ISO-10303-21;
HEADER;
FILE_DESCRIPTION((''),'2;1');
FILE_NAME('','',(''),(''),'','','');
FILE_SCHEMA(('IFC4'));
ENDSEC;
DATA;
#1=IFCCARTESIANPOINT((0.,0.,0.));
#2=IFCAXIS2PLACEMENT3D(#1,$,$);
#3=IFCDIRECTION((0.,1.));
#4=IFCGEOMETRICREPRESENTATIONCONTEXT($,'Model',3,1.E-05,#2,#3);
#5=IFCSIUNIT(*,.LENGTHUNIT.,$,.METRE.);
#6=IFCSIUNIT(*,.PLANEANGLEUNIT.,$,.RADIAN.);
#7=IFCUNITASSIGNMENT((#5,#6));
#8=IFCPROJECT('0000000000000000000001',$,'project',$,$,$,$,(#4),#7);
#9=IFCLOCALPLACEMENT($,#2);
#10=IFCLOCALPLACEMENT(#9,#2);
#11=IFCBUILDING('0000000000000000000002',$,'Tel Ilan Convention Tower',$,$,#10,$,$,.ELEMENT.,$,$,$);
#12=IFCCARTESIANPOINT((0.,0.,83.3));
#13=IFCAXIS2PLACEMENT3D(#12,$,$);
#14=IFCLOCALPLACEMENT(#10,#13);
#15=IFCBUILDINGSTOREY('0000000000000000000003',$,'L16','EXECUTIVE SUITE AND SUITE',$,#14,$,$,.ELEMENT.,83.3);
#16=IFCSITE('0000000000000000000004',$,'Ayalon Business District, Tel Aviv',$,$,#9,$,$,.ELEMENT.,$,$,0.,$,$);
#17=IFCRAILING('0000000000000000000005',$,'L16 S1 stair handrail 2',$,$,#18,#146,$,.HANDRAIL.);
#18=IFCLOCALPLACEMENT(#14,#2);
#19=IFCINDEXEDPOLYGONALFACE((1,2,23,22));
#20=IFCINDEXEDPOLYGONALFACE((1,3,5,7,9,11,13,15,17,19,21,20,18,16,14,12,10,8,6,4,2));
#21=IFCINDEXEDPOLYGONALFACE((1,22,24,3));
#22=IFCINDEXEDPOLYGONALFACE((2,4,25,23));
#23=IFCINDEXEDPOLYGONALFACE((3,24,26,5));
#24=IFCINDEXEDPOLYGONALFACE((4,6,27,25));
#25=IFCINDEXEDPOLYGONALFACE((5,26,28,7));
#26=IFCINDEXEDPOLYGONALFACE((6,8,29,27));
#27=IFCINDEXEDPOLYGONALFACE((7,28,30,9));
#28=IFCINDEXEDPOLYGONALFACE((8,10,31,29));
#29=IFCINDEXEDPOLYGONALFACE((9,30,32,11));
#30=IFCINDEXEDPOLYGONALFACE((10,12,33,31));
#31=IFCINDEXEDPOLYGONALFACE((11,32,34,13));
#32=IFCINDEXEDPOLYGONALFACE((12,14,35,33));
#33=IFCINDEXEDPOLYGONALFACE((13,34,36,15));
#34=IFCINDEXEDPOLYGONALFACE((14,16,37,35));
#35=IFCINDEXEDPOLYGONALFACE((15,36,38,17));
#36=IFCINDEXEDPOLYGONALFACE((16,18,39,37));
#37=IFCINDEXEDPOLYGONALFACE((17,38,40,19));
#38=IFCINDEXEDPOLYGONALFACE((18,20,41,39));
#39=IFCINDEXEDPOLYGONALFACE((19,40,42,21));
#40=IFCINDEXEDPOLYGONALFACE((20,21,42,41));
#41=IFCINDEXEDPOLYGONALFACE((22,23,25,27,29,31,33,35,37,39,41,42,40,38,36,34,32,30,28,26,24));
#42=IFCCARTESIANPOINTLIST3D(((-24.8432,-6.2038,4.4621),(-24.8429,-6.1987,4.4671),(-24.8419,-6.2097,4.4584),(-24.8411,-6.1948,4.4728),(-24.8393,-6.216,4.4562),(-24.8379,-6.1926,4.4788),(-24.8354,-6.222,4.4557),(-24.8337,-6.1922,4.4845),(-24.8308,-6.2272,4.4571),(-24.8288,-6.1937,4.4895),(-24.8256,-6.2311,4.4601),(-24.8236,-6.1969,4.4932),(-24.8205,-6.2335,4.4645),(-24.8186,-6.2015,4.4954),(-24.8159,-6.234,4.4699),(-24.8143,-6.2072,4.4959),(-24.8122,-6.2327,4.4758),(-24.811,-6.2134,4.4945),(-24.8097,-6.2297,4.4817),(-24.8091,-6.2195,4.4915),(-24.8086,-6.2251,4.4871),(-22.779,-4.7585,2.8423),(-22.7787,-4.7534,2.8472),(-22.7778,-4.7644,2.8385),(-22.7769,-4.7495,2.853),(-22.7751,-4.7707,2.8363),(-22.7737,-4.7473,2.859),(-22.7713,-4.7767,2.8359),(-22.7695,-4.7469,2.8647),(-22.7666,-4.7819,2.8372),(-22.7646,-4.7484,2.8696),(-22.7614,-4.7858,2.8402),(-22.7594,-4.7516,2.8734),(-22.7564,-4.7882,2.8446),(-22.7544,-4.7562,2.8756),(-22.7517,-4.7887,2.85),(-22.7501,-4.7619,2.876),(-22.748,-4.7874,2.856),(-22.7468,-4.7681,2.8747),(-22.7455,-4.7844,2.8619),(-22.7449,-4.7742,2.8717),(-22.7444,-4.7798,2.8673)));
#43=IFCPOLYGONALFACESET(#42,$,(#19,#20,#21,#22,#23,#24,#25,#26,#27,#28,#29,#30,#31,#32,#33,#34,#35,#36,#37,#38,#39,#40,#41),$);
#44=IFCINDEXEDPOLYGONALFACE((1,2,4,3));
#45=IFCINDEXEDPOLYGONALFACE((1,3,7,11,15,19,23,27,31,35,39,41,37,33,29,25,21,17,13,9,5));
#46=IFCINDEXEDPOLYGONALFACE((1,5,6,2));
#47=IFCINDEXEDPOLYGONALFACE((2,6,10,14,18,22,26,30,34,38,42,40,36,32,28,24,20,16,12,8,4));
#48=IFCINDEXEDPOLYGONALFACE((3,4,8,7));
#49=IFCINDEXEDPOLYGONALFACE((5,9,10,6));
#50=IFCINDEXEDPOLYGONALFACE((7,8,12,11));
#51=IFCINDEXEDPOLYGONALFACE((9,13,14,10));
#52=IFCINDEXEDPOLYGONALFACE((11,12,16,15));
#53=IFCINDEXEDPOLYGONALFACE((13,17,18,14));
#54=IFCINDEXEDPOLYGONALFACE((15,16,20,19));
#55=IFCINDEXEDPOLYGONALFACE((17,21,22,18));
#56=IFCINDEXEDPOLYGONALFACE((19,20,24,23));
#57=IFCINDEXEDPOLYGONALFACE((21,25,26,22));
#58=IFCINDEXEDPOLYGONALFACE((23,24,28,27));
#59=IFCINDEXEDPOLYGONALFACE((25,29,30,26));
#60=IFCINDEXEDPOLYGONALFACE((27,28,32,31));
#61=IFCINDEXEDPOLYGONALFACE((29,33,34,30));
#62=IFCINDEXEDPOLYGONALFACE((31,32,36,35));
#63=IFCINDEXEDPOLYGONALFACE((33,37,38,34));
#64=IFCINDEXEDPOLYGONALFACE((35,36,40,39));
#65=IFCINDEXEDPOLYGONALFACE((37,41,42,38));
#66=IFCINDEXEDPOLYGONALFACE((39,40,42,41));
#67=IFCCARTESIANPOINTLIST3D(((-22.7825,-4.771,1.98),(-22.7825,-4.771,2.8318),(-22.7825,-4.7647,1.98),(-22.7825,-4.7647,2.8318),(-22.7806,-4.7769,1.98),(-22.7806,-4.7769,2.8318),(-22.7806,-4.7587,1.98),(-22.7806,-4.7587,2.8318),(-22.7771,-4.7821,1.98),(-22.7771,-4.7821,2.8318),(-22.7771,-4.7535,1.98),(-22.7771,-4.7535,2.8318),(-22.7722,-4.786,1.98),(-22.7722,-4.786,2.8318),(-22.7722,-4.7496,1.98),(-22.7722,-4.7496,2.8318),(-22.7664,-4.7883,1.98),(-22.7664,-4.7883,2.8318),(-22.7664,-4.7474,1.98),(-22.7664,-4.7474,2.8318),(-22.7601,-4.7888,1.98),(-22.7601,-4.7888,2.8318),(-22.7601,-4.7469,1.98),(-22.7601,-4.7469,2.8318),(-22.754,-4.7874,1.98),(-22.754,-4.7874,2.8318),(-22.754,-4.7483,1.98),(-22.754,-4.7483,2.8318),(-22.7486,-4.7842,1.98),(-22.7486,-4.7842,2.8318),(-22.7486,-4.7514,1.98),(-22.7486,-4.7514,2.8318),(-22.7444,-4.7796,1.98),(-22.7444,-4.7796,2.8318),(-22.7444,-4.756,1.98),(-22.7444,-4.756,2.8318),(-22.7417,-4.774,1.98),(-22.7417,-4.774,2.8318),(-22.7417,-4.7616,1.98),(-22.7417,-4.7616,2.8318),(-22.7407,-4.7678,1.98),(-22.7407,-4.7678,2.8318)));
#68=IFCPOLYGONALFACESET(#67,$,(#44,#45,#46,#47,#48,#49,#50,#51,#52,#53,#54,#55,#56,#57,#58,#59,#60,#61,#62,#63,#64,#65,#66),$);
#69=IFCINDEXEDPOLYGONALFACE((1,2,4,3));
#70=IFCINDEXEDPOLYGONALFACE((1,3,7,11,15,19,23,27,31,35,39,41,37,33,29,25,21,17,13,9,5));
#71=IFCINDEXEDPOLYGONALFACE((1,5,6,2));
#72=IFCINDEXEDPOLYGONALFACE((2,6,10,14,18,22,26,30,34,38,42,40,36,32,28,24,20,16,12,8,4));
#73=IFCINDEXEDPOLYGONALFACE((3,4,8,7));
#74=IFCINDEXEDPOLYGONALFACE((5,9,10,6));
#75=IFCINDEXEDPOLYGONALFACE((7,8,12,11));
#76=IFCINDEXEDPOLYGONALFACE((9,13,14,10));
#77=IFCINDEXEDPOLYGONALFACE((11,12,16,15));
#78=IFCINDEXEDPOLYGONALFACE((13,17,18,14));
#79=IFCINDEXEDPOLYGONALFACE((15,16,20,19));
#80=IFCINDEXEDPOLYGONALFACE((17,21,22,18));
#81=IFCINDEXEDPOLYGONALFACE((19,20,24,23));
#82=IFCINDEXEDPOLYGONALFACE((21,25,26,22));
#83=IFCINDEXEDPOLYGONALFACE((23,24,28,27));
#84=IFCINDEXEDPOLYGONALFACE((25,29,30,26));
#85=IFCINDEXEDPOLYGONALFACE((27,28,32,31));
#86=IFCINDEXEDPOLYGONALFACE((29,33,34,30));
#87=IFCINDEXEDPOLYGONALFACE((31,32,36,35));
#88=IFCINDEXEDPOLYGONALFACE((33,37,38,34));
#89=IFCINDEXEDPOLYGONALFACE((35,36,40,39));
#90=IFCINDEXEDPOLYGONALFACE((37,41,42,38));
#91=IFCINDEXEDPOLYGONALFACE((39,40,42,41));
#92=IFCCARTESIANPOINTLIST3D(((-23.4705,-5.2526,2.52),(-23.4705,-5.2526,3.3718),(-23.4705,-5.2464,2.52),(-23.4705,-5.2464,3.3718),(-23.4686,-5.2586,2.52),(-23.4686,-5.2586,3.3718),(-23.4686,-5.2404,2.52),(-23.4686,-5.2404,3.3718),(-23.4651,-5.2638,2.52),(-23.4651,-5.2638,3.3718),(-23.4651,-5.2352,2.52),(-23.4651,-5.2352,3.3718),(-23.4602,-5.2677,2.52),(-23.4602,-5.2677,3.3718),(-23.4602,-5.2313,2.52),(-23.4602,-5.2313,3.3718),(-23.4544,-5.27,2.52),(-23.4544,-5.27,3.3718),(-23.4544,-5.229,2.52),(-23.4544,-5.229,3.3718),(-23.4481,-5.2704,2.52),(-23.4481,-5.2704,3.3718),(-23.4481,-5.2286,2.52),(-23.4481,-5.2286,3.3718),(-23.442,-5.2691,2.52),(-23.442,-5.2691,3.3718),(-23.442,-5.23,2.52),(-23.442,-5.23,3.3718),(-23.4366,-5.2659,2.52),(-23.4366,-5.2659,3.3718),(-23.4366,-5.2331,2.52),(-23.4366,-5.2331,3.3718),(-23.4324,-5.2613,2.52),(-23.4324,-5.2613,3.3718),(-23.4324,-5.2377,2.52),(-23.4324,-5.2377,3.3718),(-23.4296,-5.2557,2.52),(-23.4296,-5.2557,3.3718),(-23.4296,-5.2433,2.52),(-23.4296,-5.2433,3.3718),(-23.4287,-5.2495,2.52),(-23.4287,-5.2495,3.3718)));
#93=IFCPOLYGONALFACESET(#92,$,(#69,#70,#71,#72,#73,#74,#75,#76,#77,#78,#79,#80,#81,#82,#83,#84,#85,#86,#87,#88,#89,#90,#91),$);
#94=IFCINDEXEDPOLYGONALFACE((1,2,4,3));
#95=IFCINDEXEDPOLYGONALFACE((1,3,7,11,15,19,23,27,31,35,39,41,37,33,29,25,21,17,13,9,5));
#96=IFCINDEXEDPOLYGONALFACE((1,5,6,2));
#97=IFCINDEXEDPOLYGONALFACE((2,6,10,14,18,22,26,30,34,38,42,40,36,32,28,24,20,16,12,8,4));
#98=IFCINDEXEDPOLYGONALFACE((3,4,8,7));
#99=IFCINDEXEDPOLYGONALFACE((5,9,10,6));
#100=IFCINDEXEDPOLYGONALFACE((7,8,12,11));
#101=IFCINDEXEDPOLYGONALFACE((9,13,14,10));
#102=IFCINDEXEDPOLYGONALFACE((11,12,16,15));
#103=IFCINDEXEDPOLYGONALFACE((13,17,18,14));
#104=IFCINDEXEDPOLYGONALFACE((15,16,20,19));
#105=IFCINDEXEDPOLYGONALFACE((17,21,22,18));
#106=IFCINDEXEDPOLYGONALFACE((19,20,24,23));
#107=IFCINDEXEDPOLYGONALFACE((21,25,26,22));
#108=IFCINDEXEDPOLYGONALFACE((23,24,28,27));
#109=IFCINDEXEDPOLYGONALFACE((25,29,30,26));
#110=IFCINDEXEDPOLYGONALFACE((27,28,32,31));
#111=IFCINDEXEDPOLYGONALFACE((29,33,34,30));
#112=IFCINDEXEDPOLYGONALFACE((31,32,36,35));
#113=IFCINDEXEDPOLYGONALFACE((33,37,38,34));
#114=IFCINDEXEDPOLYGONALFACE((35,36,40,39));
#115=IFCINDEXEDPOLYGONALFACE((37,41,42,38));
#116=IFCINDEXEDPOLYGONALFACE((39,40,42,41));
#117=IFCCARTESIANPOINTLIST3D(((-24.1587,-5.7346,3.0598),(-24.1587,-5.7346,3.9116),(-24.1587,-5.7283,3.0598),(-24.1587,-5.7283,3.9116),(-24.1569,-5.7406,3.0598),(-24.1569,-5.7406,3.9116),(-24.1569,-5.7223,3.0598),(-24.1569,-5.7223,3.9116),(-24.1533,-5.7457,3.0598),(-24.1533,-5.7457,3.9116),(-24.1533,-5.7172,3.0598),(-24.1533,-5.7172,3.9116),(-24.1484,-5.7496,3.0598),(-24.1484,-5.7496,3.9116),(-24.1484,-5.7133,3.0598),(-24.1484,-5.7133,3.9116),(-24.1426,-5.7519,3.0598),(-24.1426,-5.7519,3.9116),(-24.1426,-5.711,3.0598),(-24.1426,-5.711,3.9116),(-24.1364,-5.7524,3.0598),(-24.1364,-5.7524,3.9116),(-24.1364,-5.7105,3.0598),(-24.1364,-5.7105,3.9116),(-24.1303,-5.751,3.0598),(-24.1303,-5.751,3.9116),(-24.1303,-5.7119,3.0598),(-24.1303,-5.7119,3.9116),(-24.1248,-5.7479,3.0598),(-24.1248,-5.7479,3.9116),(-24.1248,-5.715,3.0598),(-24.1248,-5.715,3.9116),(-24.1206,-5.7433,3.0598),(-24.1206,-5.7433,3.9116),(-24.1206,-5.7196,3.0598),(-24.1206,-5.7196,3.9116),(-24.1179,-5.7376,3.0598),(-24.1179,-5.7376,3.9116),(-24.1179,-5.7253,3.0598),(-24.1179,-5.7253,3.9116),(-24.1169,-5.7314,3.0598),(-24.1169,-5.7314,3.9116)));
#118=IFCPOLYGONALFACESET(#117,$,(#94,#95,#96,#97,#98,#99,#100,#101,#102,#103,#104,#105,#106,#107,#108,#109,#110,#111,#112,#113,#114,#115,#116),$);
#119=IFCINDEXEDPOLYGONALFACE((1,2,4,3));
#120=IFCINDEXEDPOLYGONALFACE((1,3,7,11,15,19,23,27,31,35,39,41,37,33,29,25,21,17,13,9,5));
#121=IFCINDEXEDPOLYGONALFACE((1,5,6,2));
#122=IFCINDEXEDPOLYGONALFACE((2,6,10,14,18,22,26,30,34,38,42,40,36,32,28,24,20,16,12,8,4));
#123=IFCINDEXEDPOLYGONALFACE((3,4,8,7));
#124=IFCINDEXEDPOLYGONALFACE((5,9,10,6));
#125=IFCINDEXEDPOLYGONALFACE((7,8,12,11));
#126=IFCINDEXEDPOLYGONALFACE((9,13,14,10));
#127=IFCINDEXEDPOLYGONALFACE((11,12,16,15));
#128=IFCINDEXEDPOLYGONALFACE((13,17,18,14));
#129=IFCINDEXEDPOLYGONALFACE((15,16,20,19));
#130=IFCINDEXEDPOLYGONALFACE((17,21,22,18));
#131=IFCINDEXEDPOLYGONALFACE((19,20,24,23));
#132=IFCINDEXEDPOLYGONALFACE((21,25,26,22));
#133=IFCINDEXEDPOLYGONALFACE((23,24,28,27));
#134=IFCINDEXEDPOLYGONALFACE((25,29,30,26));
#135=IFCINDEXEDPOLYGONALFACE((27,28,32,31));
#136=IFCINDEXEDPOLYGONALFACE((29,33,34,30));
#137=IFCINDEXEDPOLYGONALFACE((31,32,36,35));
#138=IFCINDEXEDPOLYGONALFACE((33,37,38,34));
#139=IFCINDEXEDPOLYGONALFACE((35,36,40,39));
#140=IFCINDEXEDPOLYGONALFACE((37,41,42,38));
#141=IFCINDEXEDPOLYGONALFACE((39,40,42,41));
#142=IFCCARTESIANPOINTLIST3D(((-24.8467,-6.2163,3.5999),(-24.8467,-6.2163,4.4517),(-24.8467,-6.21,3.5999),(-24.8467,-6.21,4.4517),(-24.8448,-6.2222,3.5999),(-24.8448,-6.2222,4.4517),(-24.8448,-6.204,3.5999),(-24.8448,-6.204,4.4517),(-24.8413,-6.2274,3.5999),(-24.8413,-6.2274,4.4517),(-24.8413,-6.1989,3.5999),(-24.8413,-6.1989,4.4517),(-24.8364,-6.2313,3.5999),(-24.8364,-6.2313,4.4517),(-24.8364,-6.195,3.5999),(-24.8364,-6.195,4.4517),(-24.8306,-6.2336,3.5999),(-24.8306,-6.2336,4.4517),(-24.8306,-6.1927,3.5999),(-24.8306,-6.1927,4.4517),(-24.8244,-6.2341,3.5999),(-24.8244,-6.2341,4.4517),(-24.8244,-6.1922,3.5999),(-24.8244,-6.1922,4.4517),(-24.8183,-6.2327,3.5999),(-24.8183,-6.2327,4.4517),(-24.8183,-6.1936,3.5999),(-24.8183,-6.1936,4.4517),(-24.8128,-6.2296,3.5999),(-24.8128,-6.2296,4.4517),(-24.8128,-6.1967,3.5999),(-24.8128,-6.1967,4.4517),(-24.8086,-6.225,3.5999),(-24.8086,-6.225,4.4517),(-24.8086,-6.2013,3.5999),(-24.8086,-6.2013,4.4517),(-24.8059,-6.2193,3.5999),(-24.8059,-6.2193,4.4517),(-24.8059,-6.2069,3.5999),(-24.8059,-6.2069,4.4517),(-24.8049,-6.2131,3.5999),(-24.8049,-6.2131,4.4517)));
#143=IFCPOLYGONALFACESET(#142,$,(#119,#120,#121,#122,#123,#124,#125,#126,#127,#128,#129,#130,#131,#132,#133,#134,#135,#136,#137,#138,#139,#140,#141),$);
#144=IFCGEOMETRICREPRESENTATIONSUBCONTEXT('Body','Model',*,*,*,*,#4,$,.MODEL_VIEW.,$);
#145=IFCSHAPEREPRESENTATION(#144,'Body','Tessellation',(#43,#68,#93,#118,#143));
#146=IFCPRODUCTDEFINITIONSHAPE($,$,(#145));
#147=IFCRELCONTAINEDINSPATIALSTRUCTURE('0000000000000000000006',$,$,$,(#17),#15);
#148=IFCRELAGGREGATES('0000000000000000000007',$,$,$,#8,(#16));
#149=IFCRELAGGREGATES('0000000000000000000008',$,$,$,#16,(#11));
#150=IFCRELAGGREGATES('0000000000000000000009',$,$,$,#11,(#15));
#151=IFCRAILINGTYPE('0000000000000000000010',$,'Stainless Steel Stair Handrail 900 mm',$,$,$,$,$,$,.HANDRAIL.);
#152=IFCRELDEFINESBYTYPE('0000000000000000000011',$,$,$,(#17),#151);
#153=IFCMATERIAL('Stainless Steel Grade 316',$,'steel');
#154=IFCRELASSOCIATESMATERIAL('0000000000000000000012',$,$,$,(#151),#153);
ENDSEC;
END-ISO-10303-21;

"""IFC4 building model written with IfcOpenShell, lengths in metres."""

from ifc_helpers import new_model, si_unit, direction, frame, origin, origin_2d, place, context, subcontext, project, spatial, circle, extrude, material, type_object, element, save


model = new_model("IFC4")

# Units and contexts
model_context = context("Model", 3, precision=1e-05, world=origin(), true_north=direction((0.0, 1.0)))
body_context = subcontext(model_context, "Body", "Model", "MODEL_VIEW")
ifc_project = project(units=[si_unit("LENGTHUNIT", "METRE"), si_unit("PLANEANGLEUNIT", "RADIAN")], contexts=[model_context])

# Site, building, storey
site_placement = place(None, origin())
site = spatial("IfcSite", under=ifc_project, at=site_placement, Name="Ayalon Business District, Tel Aviv", CompositionType="ELEMENT", RefElevation=0.0)
building_placement = place(site_placement, origin())
building = spatial("IfcBuilding", under=site, at=building_placement, Name="Tel Ilan Convention Tower", CompositionType="ELEMENT")
storey_placement = place(building_placement, frame((0.0, 0.0, 83.3)))
storey = spatial("IfcBuildingStorey", under=building, at=storey_placement, Name="L16", Description="EXECUTIVE SUITE AND SUITE", CompositionType="ELEMENT", Elevation=83.3)

# Railing
ifc_material_1 = material(Name="Stainless Steel Grade 316", Category="steel")
railing_type_1 = type_object("IfcRailingType", Name="Stainless Steel Stair Handrail 900 mm", PredefinedType="HANDRAIL", material=ifc_material_1)
railing_1_placement = place(storey_placement, frame((-22.7617, -4.7678, 1.98)))
element("IfcRailing", 1, at=railing_1_placement, inside=storey, type_object=railing_type_1, Name="L16 S1 stair handrail 2", PredefinedType="HANDRAIL", context=body_context, shape_type="SweptSolid", body=[
    extrude(circle(Radius=0.0239, at=origin_2d()), frame((0.0, 0.0, 0.876), z_axis=(-0.68907, -0.482472, 0.540743), x_axis=(0.57356, -0.819164, 0.0)), (0.0, 0.0, 1.0), 2.9956),
    extrude(circle(Radius=0.021, at=origin_2d()), origin(), (0.0, 0.0, 1.0), 0.8518),
    extrude(circle(Radius=0.021, at=origin_2d()), frame((-0.688, -0.4817, 0.54)), (0.0, 0.0, 1.0), 0.8518),
    extrude(circle(Radius=0.021, at=origin_2d()), frame((-1.3762, -0.9636, 1.0798)), (0.0, 0.0, 1.0), 0.8518),
    extrude(circle(Radius=0.021, at=origin_2d()), frame((-2.0642, -1.4453, 1.6199)), (0.0, 0.0, 1.0), 0.8518),
])

save(model, "model.ifc")
